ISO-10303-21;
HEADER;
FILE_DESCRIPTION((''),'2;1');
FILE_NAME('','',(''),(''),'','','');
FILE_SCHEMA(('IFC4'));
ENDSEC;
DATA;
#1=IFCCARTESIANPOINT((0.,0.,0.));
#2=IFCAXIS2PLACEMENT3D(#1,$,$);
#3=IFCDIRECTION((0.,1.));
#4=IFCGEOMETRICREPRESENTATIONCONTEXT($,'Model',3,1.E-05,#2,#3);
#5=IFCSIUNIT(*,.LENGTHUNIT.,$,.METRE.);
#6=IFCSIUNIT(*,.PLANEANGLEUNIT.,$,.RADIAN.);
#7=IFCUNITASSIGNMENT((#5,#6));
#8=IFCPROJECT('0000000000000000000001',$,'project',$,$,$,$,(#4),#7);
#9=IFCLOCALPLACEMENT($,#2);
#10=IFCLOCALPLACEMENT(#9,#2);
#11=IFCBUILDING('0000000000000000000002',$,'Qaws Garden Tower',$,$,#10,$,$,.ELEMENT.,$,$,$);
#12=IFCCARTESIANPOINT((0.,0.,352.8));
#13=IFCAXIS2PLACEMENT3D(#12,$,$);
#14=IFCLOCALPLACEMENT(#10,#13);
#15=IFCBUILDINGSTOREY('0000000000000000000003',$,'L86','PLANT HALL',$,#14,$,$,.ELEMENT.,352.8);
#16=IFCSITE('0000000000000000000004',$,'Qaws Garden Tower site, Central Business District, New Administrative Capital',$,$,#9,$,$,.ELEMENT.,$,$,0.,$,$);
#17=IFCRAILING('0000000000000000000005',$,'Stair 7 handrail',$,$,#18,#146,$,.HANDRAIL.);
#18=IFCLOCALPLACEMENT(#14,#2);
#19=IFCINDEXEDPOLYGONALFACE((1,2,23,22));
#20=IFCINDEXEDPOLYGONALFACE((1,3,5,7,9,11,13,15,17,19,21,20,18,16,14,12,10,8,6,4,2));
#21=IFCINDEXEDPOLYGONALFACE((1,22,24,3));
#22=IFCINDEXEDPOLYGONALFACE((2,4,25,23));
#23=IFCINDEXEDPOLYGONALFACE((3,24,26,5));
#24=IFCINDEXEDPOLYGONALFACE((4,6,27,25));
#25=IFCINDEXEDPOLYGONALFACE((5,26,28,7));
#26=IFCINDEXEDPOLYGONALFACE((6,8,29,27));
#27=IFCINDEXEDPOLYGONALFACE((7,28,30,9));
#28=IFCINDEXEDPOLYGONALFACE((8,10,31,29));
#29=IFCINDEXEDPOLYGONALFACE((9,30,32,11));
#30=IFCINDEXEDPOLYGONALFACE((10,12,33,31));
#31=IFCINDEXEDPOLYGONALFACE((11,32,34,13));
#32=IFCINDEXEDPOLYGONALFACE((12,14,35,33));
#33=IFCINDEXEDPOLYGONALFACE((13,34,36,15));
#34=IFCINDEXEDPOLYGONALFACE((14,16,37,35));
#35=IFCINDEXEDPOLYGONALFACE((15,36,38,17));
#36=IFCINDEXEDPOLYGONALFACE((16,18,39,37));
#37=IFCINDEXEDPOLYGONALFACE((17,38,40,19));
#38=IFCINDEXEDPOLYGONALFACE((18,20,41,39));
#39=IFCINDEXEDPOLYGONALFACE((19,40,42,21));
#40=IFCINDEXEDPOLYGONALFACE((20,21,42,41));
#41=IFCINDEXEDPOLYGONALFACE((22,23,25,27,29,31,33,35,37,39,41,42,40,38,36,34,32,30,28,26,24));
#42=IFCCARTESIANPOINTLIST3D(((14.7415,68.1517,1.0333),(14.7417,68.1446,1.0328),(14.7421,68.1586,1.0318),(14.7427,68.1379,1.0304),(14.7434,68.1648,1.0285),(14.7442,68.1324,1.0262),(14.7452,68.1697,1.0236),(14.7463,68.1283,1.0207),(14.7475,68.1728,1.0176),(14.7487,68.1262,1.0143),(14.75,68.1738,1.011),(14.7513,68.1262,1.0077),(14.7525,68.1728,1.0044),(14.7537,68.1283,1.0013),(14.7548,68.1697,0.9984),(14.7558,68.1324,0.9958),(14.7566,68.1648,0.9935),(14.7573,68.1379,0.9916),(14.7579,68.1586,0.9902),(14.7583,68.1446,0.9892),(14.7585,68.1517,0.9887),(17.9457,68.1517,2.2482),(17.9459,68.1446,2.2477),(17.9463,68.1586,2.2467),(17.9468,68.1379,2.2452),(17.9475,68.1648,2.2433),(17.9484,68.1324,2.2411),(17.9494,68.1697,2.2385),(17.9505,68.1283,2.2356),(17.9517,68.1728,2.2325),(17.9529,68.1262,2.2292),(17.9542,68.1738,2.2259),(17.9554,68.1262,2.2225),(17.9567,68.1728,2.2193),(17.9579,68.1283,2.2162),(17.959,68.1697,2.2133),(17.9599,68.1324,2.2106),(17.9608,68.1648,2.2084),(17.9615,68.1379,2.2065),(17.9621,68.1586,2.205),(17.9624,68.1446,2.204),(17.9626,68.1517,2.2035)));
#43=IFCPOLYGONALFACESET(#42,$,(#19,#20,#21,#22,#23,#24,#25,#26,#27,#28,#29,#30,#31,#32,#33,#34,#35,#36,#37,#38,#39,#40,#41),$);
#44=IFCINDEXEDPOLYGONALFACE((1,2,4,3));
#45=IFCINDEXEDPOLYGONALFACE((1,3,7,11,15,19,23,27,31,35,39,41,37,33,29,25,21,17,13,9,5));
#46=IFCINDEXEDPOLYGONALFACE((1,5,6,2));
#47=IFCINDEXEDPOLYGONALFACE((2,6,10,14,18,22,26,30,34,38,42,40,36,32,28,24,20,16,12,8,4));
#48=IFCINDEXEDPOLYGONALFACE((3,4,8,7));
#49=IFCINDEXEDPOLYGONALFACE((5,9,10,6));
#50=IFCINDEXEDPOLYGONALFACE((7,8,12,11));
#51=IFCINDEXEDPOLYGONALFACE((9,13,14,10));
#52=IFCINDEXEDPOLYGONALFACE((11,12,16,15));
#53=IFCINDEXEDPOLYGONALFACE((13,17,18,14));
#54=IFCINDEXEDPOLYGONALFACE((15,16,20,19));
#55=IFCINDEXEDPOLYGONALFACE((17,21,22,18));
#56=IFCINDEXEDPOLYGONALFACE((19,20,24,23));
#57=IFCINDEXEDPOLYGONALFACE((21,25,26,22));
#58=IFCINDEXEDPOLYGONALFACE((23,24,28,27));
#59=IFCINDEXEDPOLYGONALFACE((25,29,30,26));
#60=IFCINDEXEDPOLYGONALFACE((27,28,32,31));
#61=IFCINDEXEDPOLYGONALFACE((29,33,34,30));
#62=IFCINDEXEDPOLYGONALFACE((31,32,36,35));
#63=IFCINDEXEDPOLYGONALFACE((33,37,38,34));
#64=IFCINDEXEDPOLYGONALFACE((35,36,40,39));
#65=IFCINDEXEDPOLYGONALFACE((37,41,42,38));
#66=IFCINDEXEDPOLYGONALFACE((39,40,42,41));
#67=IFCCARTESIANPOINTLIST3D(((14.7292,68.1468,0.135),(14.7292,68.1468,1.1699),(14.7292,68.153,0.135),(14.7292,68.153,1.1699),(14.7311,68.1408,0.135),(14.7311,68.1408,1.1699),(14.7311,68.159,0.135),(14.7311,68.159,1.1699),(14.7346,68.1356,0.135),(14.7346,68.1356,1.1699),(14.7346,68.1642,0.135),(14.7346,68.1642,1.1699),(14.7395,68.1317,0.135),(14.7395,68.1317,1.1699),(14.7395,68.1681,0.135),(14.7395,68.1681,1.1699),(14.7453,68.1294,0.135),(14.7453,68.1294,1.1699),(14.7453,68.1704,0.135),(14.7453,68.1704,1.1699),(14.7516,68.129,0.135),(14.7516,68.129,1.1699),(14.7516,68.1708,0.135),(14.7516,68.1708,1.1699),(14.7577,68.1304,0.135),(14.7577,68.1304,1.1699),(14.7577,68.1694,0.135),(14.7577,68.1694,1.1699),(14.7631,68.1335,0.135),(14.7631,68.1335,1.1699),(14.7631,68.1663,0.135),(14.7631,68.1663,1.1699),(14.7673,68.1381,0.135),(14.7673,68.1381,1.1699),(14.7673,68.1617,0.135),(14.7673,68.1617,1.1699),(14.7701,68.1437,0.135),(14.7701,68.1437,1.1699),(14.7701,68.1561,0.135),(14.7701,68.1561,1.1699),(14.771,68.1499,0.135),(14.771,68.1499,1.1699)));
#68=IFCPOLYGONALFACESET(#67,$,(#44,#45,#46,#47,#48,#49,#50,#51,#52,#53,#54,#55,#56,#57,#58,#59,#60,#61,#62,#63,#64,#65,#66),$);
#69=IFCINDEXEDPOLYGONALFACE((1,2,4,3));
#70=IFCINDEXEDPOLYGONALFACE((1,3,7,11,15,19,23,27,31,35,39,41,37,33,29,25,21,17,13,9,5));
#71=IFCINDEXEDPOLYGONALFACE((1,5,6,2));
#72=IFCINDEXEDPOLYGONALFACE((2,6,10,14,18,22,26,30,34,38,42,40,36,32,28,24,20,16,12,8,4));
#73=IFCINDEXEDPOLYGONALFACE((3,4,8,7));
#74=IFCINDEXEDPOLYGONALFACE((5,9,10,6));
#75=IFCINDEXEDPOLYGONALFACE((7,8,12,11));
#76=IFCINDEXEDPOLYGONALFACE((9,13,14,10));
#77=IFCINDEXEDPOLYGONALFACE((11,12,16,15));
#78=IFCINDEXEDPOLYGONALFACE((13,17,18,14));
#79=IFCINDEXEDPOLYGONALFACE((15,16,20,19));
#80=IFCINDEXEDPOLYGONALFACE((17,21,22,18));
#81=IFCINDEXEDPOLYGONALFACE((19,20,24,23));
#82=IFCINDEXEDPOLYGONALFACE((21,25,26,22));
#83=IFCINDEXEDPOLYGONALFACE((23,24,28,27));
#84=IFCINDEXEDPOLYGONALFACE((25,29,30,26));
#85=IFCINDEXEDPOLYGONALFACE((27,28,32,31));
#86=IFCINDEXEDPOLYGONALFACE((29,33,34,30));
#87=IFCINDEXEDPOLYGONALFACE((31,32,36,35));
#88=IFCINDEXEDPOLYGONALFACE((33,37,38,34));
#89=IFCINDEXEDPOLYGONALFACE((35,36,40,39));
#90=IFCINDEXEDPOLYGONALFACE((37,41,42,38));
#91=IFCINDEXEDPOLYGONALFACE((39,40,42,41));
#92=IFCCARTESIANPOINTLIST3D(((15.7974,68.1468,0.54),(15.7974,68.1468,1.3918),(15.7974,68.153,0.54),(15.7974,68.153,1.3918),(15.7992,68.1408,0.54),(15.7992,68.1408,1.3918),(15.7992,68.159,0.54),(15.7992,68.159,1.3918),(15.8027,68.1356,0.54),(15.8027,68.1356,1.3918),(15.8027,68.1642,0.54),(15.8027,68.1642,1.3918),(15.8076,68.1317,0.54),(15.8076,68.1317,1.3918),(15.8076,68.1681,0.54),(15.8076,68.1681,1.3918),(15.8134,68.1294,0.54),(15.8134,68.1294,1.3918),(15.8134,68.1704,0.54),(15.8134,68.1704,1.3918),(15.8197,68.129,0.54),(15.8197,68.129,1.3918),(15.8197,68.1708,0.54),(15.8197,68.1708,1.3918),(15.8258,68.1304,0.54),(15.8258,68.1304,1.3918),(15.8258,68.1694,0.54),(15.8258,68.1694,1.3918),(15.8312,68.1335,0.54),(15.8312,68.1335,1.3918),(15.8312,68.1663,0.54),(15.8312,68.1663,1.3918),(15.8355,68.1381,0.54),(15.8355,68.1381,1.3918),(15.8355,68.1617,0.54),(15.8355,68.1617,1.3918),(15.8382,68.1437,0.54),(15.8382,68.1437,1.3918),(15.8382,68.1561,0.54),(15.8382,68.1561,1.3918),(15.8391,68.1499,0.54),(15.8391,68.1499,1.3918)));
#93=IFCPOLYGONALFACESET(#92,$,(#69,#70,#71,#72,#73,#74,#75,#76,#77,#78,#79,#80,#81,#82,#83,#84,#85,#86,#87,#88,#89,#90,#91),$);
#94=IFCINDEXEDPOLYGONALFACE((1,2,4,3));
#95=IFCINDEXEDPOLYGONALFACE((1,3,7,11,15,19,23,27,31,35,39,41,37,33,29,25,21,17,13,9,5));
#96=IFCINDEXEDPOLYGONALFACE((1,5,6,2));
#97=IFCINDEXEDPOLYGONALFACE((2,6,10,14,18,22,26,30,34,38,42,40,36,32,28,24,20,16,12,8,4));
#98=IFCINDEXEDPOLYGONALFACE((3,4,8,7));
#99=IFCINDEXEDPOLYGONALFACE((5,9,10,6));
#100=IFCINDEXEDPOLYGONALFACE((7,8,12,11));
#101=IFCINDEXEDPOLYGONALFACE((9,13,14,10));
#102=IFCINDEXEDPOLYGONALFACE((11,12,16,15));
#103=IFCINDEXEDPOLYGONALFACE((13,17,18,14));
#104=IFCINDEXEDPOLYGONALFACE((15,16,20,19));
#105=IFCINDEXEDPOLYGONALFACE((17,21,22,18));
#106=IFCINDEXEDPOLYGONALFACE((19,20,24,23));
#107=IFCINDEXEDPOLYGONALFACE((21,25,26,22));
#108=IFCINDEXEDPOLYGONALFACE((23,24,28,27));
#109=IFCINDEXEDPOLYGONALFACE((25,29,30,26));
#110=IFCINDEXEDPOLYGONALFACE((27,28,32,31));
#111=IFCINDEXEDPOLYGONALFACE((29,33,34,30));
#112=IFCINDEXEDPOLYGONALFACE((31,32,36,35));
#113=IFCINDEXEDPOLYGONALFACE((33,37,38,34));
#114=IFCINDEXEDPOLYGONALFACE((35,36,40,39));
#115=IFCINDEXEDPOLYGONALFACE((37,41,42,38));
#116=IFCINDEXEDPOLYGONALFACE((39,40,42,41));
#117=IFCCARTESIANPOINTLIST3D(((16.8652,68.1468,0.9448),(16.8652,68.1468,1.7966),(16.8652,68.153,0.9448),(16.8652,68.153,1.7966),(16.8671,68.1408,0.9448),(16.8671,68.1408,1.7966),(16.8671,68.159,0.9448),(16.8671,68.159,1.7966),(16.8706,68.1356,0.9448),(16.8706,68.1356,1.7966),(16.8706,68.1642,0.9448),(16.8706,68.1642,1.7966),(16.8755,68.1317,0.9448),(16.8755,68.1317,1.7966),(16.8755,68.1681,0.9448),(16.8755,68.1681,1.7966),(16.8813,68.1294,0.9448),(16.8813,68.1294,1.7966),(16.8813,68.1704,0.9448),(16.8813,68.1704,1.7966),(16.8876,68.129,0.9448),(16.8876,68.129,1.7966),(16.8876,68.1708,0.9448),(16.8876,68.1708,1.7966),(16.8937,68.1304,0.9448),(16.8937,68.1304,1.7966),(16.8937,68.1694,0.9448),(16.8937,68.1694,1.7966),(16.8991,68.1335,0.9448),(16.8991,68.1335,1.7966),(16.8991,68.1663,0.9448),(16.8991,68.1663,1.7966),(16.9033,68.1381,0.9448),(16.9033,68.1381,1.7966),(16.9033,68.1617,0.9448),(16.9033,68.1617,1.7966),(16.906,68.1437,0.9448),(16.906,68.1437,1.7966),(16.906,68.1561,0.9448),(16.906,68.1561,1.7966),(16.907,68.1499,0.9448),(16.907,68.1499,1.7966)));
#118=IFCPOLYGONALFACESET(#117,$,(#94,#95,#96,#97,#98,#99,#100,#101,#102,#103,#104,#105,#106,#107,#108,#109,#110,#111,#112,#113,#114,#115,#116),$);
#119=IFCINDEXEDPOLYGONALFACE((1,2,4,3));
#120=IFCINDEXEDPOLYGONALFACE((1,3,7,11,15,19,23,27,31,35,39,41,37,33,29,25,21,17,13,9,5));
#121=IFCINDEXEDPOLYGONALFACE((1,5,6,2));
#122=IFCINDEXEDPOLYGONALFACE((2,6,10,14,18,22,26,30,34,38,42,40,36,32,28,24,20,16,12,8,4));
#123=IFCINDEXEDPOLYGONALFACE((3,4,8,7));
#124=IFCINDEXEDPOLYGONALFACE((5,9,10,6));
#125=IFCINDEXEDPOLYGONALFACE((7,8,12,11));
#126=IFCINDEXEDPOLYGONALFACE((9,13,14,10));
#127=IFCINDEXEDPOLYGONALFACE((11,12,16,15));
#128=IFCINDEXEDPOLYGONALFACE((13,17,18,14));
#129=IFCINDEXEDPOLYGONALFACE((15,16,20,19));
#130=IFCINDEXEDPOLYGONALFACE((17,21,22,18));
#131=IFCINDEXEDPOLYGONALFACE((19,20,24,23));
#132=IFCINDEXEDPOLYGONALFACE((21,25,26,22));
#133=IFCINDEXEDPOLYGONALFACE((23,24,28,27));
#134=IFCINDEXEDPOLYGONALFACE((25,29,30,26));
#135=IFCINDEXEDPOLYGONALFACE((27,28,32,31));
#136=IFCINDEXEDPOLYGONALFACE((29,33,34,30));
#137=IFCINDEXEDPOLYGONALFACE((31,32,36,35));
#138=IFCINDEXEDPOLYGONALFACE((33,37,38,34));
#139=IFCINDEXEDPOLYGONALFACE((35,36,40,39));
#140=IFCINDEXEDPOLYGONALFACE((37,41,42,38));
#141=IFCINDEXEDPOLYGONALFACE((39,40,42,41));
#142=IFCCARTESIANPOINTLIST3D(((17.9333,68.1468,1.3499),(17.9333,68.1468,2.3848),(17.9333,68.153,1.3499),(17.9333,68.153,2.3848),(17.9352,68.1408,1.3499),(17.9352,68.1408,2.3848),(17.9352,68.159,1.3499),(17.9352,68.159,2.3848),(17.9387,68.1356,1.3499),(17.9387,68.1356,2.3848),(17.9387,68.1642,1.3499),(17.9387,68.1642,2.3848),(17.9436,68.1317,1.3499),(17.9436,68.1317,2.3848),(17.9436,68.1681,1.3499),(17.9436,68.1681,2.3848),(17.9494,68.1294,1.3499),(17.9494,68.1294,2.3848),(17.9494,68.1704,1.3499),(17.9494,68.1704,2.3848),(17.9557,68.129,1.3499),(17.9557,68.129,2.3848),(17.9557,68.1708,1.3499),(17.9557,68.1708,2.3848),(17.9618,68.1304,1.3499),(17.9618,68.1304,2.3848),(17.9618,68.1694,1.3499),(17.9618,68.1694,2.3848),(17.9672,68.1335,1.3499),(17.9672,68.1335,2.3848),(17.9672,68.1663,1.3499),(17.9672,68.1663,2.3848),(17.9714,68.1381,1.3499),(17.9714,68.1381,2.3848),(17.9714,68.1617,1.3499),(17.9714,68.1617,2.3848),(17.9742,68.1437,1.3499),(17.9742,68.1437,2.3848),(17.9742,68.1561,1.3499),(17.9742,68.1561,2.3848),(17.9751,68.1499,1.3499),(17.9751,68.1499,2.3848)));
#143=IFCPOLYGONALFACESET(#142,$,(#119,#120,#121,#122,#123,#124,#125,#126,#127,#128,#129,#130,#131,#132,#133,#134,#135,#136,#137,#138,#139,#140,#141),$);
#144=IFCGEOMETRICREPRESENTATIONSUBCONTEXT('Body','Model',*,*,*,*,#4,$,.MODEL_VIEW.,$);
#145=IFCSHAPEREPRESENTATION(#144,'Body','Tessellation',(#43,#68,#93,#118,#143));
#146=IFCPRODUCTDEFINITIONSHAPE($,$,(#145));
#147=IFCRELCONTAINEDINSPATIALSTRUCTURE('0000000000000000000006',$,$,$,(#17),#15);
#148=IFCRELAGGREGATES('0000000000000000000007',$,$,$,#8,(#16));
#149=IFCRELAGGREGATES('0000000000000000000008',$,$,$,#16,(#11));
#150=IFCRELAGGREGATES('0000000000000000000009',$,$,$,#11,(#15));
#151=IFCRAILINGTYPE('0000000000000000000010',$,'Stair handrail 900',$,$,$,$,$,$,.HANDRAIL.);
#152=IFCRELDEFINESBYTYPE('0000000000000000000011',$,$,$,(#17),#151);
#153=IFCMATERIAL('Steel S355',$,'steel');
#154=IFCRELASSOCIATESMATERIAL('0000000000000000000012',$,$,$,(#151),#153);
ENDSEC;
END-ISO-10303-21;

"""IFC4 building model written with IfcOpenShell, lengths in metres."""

from ifc_helpers import new_model, si_unit, direction, frame, origin, origin_2d, place, context, subcontext, project, spatial, circle, extrude, material, type_object, element, save


model = new_model("IFC4")

# Units and contexts
model_context = context("Model", 3, precision=1e-05, world=origin(), true_north=direction((0.0, 1.0)))
body_context = subcontext(model_context, "Body", "Model", "MODEL_VIEW")
ifc_project = project(units=[si_unit("LENGTHUNIT", "METRE"), si_unit("PLANEANGLEUNIT", "RADIAN")], contexts=[model_context])

# Site, building, storey
site_placement = place(None, origin())
site = spatial("IfcSite", under=ifc_project, at=site_placement, Name="Qaws Garden Tower site, Central Business District, New Administrative Capital", CompositionType="ELEMENT", RefElevation=0.0)
building_placement = place(site_placement, origin())
building = spatial("IfcBuilding", under=site, at=building_placement, Name="Qaws Garden Tower", CompositionType="ELEMENT")
storey_placement = place(building_placement, frame((0.0, 0.0, 352.8)))
storey = spatial("IfcBuildingStorey", under=building, at=storey_placement, Name="L86", Description="PLANT HALL", CompositionType="ELEMENT", Elevation=352.8)

# Railing
ifc_material_1 = material(Name="Steel S355", Category="steel")
railing_type = type_object("IfcRailingType", Name="Stair handrail 900", PredefinedType="HANDRAIL", material=ifc_material_1)
railing_1_placement = place(storey_placement, frame((14.75, 68.1499, 0.135)))
element("IfcRailing", 1, at=railing_1_placement, inside=storey, type_object=railing_type, Name="Stair 7 handrail", PredefinedType="HANDRAIL", context=body_context, shape_type="SweptSolid", body=[
    extrude(circle(Radius=0.0239, at=origin_2d()), frame((0.0, 0.0, 0.876), z_axis=(0.935046, 0.0, 0.354525), x_axis=(0.0, 1.0, 0.0)), (0.0, 0.0, 1.0), 3.4268),
    extrude(circle(Radius=0.021, at=origin_2d()), origin(), (0.0, 0.0, 1.0), 1.0349),
    extrude(circle(Radius=0.021, at=origin_2d()), frame((1.0681, 0.0, 0.405)), (0.0, 0.0, 1.0), 0.8518),
    extrude(circle(Radius=0.021, at=origin_2d()), frame((2.136, 0.0, 0.8098)), (0.0, 0.0, 1.0), 0.8518),
    extrude(circle(Radius=0.021, at=origin_2d()), frame((3.2041, 0.0, 1.2148)), (0.0, 0.0, 1.0), 1.0349),
])

save(model, "model.ifc")
